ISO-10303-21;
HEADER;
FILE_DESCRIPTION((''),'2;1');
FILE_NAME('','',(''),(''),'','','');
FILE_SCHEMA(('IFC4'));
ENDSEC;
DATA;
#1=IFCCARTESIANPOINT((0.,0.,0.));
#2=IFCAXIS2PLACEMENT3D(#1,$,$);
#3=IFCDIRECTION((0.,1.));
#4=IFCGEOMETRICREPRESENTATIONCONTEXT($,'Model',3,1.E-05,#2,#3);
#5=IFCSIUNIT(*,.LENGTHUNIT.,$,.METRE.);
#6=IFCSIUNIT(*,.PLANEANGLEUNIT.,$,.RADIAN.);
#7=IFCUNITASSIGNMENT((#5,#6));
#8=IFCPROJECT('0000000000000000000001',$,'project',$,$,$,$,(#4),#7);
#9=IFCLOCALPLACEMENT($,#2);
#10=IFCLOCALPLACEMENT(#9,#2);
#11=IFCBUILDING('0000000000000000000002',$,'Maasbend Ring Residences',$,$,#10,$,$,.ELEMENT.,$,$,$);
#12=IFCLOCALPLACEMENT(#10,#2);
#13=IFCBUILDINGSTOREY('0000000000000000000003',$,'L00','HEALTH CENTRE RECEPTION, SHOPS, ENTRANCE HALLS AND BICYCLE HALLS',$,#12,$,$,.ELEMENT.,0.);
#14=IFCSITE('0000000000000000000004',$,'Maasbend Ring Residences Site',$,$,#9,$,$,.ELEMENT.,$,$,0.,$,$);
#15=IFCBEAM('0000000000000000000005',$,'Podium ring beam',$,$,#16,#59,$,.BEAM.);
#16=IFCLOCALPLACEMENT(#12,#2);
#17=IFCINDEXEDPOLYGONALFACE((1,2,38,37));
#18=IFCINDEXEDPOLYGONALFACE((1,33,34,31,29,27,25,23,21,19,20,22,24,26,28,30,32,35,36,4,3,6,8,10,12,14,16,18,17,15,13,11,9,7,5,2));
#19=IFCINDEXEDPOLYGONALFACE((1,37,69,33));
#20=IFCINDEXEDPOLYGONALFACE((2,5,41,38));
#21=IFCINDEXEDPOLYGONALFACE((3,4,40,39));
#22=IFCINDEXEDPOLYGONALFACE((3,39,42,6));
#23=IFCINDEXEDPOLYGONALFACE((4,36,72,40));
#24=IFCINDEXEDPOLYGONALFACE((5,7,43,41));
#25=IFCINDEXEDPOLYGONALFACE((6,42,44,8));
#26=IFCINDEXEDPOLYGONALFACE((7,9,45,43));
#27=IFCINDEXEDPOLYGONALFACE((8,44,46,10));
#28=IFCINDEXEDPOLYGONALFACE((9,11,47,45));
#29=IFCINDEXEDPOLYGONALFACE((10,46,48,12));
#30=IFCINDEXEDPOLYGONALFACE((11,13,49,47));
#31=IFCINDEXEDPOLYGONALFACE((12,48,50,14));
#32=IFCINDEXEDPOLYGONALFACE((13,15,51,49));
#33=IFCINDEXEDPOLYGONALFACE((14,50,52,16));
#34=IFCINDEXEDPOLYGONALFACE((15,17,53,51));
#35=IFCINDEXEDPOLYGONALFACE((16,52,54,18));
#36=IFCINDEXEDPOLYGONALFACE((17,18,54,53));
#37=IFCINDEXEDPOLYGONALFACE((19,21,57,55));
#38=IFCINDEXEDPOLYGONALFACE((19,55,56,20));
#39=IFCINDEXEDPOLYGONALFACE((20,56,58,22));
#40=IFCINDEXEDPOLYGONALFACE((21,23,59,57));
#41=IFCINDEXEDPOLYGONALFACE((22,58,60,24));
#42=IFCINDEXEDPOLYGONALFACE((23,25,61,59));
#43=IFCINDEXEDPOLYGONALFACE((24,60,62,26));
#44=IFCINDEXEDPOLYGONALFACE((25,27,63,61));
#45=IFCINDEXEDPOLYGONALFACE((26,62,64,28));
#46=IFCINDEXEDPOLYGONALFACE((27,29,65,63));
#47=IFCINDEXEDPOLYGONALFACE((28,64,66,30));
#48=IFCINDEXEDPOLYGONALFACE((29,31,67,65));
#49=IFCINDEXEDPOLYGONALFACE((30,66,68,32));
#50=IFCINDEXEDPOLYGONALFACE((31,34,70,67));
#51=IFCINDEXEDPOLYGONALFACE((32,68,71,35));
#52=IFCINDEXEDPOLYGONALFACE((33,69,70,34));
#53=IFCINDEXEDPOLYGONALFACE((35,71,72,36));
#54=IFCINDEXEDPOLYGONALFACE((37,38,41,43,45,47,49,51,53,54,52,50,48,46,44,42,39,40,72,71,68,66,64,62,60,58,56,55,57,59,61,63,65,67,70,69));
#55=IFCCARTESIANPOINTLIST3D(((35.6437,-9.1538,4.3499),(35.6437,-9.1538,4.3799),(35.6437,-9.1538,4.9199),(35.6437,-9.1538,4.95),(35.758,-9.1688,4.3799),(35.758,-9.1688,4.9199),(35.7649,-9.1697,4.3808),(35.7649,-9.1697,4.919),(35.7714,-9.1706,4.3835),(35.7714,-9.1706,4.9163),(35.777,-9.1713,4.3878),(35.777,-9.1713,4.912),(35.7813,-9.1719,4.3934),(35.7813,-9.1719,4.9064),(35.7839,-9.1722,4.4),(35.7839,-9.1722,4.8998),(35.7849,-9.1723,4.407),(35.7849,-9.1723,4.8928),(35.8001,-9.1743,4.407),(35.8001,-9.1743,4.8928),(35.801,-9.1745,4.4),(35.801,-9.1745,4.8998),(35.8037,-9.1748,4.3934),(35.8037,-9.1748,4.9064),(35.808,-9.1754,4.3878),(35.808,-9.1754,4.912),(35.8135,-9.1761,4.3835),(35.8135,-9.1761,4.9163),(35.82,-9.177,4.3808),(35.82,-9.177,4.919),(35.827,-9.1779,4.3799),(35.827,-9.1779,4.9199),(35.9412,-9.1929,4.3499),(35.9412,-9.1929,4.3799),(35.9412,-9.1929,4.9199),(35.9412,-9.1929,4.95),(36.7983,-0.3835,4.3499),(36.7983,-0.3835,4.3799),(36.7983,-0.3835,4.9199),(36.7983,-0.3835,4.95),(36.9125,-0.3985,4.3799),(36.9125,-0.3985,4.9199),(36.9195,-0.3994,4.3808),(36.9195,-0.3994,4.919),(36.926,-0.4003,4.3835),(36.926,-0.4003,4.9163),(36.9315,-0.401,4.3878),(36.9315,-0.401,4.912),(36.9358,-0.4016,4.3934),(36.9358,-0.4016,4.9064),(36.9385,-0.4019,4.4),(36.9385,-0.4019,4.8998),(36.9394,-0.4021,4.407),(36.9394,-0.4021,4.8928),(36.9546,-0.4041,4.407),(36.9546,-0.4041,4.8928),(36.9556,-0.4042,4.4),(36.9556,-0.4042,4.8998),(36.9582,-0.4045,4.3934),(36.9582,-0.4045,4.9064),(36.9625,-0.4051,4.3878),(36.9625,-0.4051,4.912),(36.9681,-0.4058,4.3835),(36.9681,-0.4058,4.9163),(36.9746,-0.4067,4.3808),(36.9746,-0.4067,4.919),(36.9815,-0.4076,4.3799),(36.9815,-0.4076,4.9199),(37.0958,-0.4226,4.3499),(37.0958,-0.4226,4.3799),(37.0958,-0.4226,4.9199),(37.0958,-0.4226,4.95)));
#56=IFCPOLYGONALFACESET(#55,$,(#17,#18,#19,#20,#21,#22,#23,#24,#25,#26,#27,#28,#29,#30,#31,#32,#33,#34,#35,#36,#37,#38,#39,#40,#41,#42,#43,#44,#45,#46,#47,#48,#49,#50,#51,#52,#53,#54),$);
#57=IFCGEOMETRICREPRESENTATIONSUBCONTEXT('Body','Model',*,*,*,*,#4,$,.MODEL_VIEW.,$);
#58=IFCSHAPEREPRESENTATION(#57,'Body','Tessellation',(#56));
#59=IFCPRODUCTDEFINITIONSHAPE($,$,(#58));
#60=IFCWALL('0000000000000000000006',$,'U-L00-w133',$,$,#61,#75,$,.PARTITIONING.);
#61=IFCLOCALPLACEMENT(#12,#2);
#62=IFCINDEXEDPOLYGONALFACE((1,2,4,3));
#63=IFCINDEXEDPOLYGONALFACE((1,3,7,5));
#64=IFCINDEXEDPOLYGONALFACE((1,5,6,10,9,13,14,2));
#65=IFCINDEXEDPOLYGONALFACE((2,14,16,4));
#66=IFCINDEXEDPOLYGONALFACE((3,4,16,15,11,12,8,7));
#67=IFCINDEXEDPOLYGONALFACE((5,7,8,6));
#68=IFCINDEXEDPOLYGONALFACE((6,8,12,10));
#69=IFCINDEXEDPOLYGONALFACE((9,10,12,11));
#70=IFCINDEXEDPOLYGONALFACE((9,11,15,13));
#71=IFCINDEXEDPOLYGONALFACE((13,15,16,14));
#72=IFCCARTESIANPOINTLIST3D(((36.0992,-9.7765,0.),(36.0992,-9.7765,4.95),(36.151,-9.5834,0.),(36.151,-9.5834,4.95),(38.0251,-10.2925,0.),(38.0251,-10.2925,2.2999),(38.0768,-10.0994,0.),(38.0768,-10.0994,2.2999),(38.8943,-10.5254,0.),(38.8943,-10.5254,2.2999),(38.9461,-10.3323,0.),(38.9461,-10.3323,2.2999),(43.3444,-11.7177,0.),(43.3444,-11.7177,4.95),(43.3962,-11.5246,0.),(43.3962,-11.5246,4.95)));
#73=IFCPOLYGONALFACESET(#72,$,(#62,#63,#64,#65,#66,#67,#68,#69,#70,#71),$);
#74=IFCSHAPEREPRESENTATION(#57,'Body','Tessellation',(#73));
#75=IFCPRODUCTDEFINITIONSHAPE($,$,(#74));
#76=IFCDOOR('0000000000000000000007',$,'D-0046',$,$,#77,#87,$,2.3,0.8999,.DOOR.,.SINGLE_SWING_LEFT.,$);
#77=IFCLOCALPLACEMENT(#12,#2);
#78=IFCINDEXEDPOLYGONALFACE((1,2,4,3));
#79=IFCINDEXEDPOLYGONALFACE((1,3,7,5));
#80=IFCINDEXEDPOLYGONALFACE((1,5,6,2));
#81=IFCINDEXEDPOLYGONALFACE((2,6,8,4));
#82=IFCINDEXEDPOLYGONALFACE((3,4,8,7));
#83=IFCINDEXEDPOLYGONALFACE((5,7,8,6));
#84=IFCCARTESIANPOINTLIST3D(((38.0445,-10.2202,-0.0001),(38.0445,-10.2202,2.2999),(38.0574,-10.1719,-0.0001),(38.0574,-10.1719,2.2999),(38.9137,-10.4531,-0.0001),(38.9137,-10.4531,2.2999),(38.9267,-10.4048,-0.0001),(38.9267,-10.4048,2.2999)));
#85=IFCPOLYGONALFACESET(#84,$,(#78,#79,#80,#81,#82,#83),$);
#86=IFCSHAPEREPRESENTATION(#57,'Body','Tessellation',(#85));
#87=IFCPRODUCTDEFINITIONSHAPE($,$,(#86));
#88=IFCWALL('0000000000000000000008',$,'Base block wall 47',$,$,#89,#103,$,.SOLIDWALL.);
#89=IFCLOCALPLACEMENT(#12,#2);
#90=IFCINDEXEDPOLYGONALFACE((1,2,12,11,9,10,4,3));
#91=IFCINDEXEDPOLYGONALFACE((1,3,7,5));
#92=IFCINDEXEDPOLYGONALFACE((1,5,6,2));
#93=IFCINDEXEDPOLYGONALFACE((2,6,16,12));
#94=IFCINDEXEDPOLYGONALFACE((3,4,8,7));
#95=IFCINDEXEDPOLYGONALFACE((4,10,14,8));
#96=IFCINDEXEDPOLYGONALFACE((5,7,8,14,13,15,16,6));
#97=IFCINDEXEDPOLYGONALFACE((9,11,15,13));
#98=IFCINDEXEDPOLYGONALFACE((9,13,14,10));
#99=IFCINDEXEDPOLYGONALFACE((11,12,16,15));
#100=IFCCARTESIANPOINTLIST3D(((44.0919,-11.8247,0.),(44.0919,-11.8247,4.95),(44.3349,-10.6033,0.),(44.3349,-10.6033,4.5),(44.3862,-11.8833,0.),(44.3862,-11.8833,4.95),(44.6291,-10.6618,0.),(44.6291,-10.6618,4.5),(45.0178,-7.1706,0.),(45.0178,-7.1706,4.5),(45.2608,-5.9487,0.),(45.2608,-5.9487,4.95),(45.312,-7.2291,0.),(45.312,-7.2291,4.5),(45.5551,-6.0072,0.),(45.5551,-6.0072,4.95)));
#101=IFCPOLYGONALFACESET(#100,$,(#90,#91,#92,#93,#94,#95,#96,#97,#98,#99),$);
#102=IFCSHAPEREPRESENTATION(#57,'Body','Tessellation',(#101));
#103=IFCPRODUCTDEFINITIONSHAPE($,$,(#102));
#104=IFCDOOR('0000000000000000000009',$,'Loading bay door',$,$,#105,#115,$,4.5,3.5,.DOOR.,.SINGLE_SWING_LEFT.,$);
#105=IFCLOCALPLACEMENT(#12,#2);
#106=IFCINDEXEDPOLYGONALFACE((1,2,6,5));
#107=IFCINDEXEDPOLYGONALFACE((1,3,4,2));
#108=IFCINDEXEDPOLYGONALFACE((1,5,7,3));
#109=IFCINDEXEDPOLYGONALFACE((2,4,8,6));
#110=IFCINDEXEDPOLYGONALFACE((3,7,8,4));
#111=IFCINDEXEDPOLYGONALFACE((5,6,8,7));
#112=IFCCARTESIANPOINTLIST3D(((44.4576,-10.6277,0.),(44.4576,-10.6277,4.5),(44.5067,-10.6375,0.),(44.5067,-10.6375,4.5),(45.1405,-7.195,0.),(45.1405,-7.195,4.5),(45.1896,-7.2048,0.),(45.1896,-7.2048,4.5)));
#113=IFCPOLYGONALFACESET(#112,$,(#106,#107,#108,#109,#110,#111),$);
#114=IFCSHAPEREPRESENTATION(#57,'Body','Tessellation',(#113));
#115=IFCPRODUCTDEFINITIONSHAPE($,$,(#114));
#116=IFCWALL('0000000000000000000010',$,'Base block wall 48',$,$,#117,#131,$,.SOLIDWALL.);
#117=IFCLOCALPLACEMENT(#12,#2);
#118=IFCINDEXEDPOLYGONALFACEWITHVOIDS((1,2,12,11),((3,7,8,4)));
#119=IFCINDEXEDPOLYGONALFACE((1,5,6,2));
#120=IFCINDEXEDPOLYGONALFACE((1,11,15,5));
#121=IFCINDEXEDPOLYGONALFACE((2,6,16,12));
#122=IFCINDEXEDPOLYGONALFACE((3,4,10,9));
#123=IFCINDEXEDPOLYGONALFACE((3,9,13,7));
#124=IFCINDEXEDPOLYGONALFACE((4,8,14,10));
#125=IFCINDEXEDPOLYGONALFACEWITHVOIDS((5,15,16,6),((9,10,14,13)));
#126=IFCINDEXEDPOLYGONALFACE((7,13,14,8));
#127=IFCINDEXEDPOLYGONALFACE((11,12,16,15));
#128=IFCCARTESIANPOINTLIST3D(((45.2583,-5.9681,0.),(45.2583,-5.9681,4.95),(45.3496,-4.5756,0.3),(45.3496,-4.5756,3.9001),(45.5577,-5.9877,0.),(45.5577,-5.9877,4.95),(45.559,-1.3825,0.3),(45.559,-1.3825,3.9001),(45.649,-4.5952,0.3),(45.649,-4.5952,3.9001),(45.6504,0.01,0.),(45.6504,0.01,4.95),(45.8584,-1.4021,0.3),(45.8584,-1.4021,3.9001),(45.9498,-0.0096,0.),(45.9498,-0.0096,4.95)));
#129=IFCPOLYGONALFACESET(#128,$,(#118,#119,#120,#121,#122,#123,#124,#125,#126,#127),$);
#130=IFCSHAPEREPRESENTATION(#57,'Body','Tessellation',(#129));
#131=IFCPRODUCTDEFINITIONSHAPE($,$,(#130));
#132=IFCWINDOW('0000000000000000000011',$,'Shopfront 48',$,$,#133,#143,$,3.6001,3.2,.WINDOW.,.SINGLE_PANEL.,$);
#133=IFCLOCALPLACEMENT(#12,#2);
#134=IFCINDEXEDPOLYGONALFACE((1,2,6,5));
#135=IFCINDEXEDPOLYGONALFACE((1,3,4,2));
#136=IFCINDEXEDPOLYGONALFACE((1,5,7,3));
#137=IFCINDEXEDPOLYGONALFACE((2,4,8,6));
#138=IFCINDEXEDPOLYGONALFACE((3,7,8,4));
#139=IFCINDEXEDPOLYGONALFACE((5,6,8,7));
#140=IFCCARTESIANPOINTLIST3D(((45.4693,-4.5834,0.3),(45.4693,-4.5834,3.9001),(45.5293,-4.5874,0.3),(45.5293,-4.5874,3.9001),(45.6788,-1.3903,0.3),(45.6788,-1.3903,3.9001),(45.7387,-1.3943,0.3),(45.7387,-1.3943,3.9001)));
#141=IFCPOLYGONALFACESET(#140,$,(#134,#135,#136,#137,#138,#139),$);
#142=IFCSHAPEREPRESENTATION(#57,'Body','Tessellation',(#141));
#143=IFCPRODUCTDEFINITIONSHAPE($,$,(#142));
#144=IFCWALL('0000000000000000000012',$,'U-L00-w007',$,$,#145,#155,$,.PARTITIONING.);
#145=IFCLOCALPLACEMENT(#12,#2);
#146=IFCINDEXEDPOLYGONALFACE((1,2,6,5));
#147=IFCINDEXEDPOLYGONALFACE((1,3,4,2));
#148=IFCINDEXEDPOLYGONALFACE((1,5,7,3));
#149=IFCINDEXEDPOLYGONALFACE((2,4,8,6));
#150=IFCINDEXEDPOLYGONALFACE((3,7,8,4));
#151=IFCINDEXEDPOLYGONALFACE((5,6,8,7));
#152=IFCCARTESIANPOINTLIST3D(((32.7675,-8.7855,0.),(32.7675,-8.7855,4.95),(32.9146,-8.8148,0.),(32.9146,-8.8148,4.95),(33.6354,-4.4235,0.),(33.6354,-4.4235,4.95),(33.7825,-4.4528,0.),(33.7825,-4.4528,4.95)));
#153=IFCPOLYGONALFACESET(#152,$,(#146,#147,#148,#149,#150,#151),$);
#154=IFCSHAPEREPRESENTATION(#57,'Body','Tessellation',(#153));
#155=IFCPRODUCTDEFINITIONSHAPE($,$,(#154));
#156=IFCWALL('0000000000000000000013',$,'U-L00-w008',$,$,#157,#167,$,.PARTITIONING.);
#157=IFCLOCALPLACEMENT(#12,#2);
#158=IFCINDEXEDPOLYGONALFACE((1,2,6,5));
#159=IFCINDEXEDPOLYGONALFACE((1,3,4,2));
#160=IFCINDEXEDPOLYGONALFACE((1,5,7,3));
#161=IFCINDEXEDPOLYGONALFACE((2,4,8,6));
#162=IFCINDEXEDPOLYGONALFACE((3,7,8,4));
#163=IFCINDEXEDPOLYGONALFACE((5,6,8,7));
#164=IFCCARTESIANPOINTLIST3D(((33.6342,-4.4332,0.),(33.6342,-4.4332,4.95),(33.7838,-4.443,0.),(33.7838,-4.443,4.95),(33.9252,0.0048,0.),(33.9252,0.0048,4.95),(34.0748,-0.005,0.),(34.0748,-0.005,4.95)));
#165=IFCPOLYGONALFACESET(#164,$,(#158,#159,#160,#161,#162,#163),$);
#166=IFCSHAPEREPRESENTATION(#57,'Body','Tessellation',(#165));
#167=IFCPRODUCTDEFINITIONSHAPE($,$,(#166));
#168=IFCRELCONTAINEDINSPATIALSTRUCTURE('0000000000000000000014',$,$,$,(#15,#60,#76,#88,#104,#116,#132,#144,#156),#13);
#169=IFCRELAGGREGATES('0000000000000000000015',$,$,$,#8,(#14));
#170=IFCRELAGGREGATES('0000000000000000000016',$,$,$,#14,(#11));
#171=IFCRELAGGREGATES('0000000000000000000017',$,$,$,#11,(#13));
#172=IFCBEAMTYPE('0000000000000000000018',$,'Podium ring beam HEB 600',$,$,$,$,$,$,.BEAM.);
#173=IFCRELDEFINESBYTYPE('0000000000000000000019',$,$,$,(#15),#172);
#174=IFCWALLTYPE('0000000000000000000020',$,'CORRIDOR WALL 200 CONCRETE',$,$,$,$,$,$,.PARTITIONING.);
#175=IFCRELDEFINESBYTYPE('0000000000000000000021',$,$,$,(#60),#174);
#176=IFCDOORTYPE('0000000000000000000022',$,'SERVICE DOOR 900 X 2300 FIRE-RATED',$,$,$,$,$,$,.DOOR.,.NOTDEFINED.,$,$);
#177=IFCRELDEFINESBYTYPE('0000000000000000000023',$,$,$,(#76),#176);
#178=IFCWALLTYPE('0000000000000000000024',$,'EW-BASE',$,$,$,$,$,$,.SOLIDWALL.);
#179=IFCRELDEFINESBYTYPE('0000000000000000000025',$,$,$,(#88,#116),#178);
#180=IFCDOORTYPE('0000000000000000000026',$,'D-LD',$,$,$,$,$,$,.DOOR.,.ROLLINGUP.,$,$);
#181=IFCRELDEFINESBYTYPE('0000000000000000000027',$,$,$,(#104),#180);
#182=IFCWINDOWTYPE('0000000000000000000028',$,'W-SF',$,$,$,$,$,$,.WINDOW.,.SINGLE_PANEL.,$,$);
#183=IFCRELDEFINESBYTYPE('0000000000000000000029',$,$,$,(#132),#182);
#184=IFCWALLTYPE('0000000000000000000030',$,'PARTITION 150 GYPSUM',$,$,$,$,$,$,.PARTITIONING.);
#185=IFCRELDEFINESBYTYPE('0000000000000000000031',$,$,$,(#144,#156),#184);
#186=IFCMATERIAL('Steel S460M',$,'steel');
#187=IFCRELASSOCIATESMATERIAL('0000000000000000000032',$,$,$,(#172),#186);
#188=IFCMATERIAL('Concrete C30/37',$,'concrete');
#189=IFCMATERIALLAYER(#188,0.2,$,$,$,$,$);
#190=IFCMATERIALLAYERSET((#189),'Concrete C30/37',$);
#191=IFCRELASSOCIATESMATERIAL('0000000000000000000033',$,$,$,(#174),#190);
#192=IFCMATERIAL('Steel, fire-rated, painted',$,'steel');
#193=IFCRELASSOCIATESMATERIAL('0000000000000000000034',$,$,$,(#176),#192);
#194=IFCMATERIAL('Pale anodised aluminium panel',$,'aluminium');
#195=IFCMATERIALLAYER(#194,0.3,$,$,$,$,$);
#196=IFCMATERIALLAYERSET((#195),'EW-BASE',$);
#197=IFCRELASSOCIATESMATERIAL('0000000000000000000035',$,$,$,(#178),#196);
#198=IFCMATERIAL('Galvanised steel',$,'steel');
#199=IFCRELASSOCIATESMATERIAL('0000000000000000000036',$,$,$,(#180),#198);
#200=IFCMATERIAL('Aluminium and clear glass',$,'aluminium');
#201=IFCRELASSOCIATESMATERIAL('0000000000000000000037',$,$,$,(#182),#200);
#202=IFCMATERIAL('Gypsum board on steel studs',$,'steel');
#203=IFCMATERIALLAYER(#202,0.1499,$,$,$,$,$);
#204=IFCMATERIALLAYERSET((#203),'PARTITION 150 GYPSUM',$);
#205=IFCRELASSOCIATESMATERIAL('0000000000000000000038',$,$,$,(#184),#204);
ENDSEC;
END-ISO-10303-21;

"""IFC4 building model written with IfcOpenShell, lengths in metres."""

from ifc_helpers import new_model, si_unit, direction, frame, frame_2d, origin, origin_2d, place, context, subcontext, project, spatial, rectangle, i_section, extrude, material, layer, layer_set, material_profile, profile_set, type_object, element, fill, save


model = new_model("IFC4")

# Units and contexts
model_context = context("Model", 3, precision=1e-05, world=origin(), true_north=direction((0.0, 1.0)))
body_context = subcontext(model_context, "Body", "Model", "MODEL_VIEW")
ifc_project = project(units=[si_unit("LENGTHUNIT", "METRE"), si_unit("PLANEANGLEUNIT", "RADIAN")], contexts=[model_context])

# Site, building, storey
site_placement = place(None, origin())
site = spatial("IfcSite", under=ifc_project, at=site_placement, Name="Maasbend Ring Residences Site", CompositionType="ELEMENT", RefElevation=0.0)
building_placement = place(site_placement, origin())
building = spatial("IfcBuilding", under=site, at=building_placement, Name="Maasbend Ring Residences", CompositionType="ELEMENT")
storey_placement = place(building_placement, origin())
storey = spatial("IfcBuildingStorey", under=building, at=storey_placement, Name="L00", Description="HEALTH CENTRE RECEPTION, SHOPS, ENTRANCE HALLS AND BICYCLE HALLS", CompositionType="ELEMENT", Elevation=0.0)

# Beam
ifc_material_1 = material(Name="Steel S460M", Category="steel")
ifc_material_profile_1 = material_profile(ifc_material_1, i_section(OverallWidth=0.3, OverallDepth=0.6001, WebThickness=0.0154, FlangeThickness=0.03, FilletRadius=0.0271, at=origin_2d()), Name="HEB 600")
ifc_profile_set_1 = profile_set([ifc_material_profile_1], Name="Steel S460M")
beam_type_1 = type_object("IfcBeamType", Name="Podium ring beam HEB 600", PredefinedType="BEAM", material=ifc_profile_set_1)
beam_1_placement = place(storey_placement, frame((35.7925, -9.1733, 4.6499), z_axis=(0.130517, 0.991446, 0.0), x_axis=(-0.991446, 0.130517, 0.0)))
element("IfcBeam", 1, at=beam_1_placement, inside=storey, type_object=beam_type_1, Name="Podium ring beam", PredefinedType="BEAM", context=body_context, shape_type="SweptSolid", body=[
    extrude(i_section(OverallWidth=0.3, OverallDepth=0.6001, WebThickness=0.0154, FlangeThickness=0.03, FilletRadius=0.0271, at=origin_2d()), origin(), (0.0, 0.0, 1.0), 8.8459),
])

# Walls, openings, doors
ifc_material_2 = material(Name="Concrete C30/37", Category="concrete")
ifc_layer_1 = layer(ifc_material_2, 0.2)
ifc_layer_set_1 = layer_set([ifc_layer_1], Name="Concrete C30/37")
wall_type_1 = type_object("IfcWallType", Name="CORRIDOR WALL 200 CONCRETE", PredefinedType="PARTITIONING", material=ifc_layer_set_1)
wall_1_placement = place(storey_placement, frame((36.125, -9.6799, 0.0), z_axis=(0.0, 0.0, 1.0), x_axis=(0.965931, -0.258799, 0.0)))
wall_1 = element("IfcWall", 2, at=wall_1_placement, inside=storey, type_object=wall_type_1, Name="U-L00-w133", PredefinedType="PARTITIONING", context=body_context, shape_type="SweptSolid", body=[
    extrude(rectangle(XDim=7.5007, YDim=0.2, at=frame_2d((3.7505, 0.0))), origin(), (0.0, 0.0, 1.0), 4.95),
])
opening_1_placement = place(wall_1_placement, frame((1.9939, 0.0, 0.0)))
opening_1 = element("IfcOpeningElement", 3, at=opening_1_placement, cuts=wall_1, PredefinedType="OPENING", context=body_context, shape_type="SweptSolid", body=[
    extrude(rectangle(XDim=0.8999, YDim=2.3, at=frame_2d((0.45, 1.1499))), frame((0.0, 0.1099, 0.0), z_axis=(0.0, -1.0, 0.0), x_axis=(1.0, 0.0, 0.0)), (0.0, 0.0, 1.0), 0.22),
])
ifc_material_3 = material(Name="Steel, fire-rated, painted", Category="steel")
door_type_1 = type_object("IfcDoorType", Name="SERVICE DOOR 900 X 2300 FIRE-RATED", OperationType="NOTDEFINED", PredefinedType="DOOR", material=ifc_material_3)
door_1_placement = place(opening_1_placement, origin())
door_1 = element("IfcDoor", 4, at=door_1_placement, inside=storey, type_object=door_type_1, Name="D-0046", OperationType="SINGLE_SWING_LEFT", OverallHeight=2.3, OverallWidth=0.8999, PredefinedType="DOOR", context=body_context, shape_type="SweptSolid", body=[
    extrude(rectangle(XDim=0.8999, YDim=2.3, at=frame_2d((0.45, 1.1499))), frame((0.0, 0.0249, 0.0), z_axis=(0.0, -1.0, 0.0), x_axis=(1.0, 0.0, 0.0)), (0.0, 0.0, 1.0), 0.05),
])
fill(opening_1, door_1)
ifc_material_4 = material(Name="Pale anodised aluminium panel", Category="aluminium")
ifc_layer_2 = layer(ifc_material_4, 0.3)
ifc_layer_set_2 = layer_set([ifc_layer_2], Name="EW-BASE")
wall_type_2 = type_object("IfcWallType", Name="EW-BASE", PredefinedType="SOLIDWALL", material=ifc_layer_set_2)
wall_2_placement = place(storey_placement, frame((44.239, -11.854, 0.0), z_axis=(0.0, 0.0, 1.0), x_axis=(0.195113, 0.980781, 0.0)))
wall_2 = element("IfcWall", 5, at=wall_2_placement, inside=storey, type_object=wall_type_2, Name="Base block wall 47", PredefinedType="SOLIDWALL", context=body_context, shape_type="SweptSolid", body=[
    extrude(rectangle(XDim=5.9912, YDim=0.3, at=frame_2d((2.9956, 0.0))), origin(), (0.0, 0.0, 1.0), 4.95),
])
opening_2_placement = place(wall_2_placement, frame((1.2454, 0.0, 0.0)))
opening_2 = element("IfcOpeningElement", 6, at=opening_2_placement, cuts=wall_2, PredefinedType="OPENING", context=body_context, shape_type="SweptSolid", body=[
    extrude(rectangle(XDim=3.5, YDim=4.5, at=frame_2d((1.75, 2.25))), frame((0.0, 0.1602, 0.0), z_axis=(0.0, -1.0, 0.0), x_axis=(1.0, 0.0, 0.0)), (0.0, 0.0, 1.0), 0.3201),
])
ifc_material_5 = material(Name="Galvanised steel", Category="steel")
door_type_2 = type_object("IfcDoorType", Name="D-LD", OperationType="ROLLINGUP", PredefinedType="DOOR", material=ifc_material_5)
door_2_placement = place(opening_2_placement, origin())
door_2 = element("IfcDoor", 7, at=door_2_placement, inside=storey, type_object=door_type_2, Name="Loading bay door", OperationType="SINGLE_SWING_LEFT", OverallHeight=4.5, OverallWidth=3.5, PredefinedType="DOOR", context=body_context, shape_type="SweptSolid", body=[
    extrude(rectangle(XDim=3.5, YDim=4.5, at=frame_2d((1.75, 2.25))), frame((0.0, 0.0249, 0.0), z_axis=(0.0, -1.0, 0.0), x_axis=(1.0, 0.0, 0.0)), (0.0, 0.0, 1.0), 0.05),
])
fill(opening_2, door_2)

# Wall, opening, window
wall_3_placement = place(storey_placement, frame((45.408, -5.978, 0.0), z_axis=(0.0, 0.0, 1.0), x_axis=(0.065448, 0.997856, 0.0)))
wall_3 = element("IfcWall", 8, at=wall_3_placement, inside=storey, type_object=wall_type_2, Name="Base block wall 48", PredefinedType="SOLIDWALL", context=body_context, shape_type="SweptSolid", body=[
    extrude(rectangle(XDim=5.991, YDim=0.3, at=frame_2d((2.9956, 0.0))), origin(), (0.0, 0.0, 1.0), 4.95),
])
opening_3_placement = place(wall_3_placement, frame((1.3955, 0.0, 0.3)))
opening_3 = element("IfcOpeningElement", 9, at=opening_3_placement, cuts=wall_3, PredefinedType="OPENING", context=body_context, shape_type="SweptSolid", body=[
    extrude(rectangle(XDim=3.2, YDim=3.6001, at=frame_2d((1.6001, 1.8))), frame((0.0, 0.1602, 0.0), z_axis=(0.0, -1.0, 0.0), x_axis=(1.0, 0.0, 0.0)), (0.0, 0.0, 1.0), 0.3201),
])
ifc_material_6 = material(Name="Aluminium and clear glass", Category="aluminium")
window_type = type_object("IfcWindowType", Name="W-SF", PartitioningType="SINGLE_PANEL", PredefinedType="WINDOW", material=ifc_material_6)
window_placement = place(opening_3_placement, origin())
window = element("IfcWindow", 10, at=window_placement, inside=storey, type_object=window_type, Name="Shopfront 48", OverallHeight=3.6001, OverallWidth=3.2, PartitioningType="SINGLE_PANEL", PredefinedType="WINDOW", context=body_context, shape_type="SweptSolid", body=[
    extrude(rectangle(XDim=3.2, YDim=3.6001, at=frame_2d((1.6001, 1.8))), frame((0.0, 0.03, 0.0), z_axis=(0.0, -1.0, 0.0), x_axis=(1.0, 0.0, 0.0)), (0.0, 0.0, 1.0), 0.0601),
])
fill(opening_3, window)

# Walls
ifc_material_7 = material(Name="Gypsum board on steel studs", Category="steel")
ifc_layer_3 = layer(ifc_material_7, 0.1499)
ifc_layer_set_3 = layer_set([ifc_layer_3], Name="PARTITION 150 GYPSUM")
wall_type_3 = type_object("IfcWallType", Name="PARTITION 150 GYPSUM", PredefinedType="PARTITIONING", material=ifc_layer_set_3)
for number, where, z_axis, x_axis, name in (
    (11, (32.8411, -8.8, 0.0), (0.0, 0.0, 1.0), (0.195145, 0.980774, 0.0), "U-L00-w007"),
    (12, (33.709, -4.438, 0.0), (0.0, 0.0, 1.0), (0.065433, 0.997857, 0.0), "U-L00-w008"),
):
    element("IfcWall", number, at=place(storey_placement, frame(where, z_axis=z_axis, x_axis=x_axis)), inside=storey, type_object=wall_type_3, Name=name, PredefinedType="PARTITIONING", context=body_context, shape_type="SweptSolid", body=[
        extrude(rectangle(XDim=4.4475, YDim=0.1499, at=frame_2d((2.2236, 0.0))), origin(), (0.0, 0.0, 1.0), 4.95),
    ])

save(model, "model.ifc")
